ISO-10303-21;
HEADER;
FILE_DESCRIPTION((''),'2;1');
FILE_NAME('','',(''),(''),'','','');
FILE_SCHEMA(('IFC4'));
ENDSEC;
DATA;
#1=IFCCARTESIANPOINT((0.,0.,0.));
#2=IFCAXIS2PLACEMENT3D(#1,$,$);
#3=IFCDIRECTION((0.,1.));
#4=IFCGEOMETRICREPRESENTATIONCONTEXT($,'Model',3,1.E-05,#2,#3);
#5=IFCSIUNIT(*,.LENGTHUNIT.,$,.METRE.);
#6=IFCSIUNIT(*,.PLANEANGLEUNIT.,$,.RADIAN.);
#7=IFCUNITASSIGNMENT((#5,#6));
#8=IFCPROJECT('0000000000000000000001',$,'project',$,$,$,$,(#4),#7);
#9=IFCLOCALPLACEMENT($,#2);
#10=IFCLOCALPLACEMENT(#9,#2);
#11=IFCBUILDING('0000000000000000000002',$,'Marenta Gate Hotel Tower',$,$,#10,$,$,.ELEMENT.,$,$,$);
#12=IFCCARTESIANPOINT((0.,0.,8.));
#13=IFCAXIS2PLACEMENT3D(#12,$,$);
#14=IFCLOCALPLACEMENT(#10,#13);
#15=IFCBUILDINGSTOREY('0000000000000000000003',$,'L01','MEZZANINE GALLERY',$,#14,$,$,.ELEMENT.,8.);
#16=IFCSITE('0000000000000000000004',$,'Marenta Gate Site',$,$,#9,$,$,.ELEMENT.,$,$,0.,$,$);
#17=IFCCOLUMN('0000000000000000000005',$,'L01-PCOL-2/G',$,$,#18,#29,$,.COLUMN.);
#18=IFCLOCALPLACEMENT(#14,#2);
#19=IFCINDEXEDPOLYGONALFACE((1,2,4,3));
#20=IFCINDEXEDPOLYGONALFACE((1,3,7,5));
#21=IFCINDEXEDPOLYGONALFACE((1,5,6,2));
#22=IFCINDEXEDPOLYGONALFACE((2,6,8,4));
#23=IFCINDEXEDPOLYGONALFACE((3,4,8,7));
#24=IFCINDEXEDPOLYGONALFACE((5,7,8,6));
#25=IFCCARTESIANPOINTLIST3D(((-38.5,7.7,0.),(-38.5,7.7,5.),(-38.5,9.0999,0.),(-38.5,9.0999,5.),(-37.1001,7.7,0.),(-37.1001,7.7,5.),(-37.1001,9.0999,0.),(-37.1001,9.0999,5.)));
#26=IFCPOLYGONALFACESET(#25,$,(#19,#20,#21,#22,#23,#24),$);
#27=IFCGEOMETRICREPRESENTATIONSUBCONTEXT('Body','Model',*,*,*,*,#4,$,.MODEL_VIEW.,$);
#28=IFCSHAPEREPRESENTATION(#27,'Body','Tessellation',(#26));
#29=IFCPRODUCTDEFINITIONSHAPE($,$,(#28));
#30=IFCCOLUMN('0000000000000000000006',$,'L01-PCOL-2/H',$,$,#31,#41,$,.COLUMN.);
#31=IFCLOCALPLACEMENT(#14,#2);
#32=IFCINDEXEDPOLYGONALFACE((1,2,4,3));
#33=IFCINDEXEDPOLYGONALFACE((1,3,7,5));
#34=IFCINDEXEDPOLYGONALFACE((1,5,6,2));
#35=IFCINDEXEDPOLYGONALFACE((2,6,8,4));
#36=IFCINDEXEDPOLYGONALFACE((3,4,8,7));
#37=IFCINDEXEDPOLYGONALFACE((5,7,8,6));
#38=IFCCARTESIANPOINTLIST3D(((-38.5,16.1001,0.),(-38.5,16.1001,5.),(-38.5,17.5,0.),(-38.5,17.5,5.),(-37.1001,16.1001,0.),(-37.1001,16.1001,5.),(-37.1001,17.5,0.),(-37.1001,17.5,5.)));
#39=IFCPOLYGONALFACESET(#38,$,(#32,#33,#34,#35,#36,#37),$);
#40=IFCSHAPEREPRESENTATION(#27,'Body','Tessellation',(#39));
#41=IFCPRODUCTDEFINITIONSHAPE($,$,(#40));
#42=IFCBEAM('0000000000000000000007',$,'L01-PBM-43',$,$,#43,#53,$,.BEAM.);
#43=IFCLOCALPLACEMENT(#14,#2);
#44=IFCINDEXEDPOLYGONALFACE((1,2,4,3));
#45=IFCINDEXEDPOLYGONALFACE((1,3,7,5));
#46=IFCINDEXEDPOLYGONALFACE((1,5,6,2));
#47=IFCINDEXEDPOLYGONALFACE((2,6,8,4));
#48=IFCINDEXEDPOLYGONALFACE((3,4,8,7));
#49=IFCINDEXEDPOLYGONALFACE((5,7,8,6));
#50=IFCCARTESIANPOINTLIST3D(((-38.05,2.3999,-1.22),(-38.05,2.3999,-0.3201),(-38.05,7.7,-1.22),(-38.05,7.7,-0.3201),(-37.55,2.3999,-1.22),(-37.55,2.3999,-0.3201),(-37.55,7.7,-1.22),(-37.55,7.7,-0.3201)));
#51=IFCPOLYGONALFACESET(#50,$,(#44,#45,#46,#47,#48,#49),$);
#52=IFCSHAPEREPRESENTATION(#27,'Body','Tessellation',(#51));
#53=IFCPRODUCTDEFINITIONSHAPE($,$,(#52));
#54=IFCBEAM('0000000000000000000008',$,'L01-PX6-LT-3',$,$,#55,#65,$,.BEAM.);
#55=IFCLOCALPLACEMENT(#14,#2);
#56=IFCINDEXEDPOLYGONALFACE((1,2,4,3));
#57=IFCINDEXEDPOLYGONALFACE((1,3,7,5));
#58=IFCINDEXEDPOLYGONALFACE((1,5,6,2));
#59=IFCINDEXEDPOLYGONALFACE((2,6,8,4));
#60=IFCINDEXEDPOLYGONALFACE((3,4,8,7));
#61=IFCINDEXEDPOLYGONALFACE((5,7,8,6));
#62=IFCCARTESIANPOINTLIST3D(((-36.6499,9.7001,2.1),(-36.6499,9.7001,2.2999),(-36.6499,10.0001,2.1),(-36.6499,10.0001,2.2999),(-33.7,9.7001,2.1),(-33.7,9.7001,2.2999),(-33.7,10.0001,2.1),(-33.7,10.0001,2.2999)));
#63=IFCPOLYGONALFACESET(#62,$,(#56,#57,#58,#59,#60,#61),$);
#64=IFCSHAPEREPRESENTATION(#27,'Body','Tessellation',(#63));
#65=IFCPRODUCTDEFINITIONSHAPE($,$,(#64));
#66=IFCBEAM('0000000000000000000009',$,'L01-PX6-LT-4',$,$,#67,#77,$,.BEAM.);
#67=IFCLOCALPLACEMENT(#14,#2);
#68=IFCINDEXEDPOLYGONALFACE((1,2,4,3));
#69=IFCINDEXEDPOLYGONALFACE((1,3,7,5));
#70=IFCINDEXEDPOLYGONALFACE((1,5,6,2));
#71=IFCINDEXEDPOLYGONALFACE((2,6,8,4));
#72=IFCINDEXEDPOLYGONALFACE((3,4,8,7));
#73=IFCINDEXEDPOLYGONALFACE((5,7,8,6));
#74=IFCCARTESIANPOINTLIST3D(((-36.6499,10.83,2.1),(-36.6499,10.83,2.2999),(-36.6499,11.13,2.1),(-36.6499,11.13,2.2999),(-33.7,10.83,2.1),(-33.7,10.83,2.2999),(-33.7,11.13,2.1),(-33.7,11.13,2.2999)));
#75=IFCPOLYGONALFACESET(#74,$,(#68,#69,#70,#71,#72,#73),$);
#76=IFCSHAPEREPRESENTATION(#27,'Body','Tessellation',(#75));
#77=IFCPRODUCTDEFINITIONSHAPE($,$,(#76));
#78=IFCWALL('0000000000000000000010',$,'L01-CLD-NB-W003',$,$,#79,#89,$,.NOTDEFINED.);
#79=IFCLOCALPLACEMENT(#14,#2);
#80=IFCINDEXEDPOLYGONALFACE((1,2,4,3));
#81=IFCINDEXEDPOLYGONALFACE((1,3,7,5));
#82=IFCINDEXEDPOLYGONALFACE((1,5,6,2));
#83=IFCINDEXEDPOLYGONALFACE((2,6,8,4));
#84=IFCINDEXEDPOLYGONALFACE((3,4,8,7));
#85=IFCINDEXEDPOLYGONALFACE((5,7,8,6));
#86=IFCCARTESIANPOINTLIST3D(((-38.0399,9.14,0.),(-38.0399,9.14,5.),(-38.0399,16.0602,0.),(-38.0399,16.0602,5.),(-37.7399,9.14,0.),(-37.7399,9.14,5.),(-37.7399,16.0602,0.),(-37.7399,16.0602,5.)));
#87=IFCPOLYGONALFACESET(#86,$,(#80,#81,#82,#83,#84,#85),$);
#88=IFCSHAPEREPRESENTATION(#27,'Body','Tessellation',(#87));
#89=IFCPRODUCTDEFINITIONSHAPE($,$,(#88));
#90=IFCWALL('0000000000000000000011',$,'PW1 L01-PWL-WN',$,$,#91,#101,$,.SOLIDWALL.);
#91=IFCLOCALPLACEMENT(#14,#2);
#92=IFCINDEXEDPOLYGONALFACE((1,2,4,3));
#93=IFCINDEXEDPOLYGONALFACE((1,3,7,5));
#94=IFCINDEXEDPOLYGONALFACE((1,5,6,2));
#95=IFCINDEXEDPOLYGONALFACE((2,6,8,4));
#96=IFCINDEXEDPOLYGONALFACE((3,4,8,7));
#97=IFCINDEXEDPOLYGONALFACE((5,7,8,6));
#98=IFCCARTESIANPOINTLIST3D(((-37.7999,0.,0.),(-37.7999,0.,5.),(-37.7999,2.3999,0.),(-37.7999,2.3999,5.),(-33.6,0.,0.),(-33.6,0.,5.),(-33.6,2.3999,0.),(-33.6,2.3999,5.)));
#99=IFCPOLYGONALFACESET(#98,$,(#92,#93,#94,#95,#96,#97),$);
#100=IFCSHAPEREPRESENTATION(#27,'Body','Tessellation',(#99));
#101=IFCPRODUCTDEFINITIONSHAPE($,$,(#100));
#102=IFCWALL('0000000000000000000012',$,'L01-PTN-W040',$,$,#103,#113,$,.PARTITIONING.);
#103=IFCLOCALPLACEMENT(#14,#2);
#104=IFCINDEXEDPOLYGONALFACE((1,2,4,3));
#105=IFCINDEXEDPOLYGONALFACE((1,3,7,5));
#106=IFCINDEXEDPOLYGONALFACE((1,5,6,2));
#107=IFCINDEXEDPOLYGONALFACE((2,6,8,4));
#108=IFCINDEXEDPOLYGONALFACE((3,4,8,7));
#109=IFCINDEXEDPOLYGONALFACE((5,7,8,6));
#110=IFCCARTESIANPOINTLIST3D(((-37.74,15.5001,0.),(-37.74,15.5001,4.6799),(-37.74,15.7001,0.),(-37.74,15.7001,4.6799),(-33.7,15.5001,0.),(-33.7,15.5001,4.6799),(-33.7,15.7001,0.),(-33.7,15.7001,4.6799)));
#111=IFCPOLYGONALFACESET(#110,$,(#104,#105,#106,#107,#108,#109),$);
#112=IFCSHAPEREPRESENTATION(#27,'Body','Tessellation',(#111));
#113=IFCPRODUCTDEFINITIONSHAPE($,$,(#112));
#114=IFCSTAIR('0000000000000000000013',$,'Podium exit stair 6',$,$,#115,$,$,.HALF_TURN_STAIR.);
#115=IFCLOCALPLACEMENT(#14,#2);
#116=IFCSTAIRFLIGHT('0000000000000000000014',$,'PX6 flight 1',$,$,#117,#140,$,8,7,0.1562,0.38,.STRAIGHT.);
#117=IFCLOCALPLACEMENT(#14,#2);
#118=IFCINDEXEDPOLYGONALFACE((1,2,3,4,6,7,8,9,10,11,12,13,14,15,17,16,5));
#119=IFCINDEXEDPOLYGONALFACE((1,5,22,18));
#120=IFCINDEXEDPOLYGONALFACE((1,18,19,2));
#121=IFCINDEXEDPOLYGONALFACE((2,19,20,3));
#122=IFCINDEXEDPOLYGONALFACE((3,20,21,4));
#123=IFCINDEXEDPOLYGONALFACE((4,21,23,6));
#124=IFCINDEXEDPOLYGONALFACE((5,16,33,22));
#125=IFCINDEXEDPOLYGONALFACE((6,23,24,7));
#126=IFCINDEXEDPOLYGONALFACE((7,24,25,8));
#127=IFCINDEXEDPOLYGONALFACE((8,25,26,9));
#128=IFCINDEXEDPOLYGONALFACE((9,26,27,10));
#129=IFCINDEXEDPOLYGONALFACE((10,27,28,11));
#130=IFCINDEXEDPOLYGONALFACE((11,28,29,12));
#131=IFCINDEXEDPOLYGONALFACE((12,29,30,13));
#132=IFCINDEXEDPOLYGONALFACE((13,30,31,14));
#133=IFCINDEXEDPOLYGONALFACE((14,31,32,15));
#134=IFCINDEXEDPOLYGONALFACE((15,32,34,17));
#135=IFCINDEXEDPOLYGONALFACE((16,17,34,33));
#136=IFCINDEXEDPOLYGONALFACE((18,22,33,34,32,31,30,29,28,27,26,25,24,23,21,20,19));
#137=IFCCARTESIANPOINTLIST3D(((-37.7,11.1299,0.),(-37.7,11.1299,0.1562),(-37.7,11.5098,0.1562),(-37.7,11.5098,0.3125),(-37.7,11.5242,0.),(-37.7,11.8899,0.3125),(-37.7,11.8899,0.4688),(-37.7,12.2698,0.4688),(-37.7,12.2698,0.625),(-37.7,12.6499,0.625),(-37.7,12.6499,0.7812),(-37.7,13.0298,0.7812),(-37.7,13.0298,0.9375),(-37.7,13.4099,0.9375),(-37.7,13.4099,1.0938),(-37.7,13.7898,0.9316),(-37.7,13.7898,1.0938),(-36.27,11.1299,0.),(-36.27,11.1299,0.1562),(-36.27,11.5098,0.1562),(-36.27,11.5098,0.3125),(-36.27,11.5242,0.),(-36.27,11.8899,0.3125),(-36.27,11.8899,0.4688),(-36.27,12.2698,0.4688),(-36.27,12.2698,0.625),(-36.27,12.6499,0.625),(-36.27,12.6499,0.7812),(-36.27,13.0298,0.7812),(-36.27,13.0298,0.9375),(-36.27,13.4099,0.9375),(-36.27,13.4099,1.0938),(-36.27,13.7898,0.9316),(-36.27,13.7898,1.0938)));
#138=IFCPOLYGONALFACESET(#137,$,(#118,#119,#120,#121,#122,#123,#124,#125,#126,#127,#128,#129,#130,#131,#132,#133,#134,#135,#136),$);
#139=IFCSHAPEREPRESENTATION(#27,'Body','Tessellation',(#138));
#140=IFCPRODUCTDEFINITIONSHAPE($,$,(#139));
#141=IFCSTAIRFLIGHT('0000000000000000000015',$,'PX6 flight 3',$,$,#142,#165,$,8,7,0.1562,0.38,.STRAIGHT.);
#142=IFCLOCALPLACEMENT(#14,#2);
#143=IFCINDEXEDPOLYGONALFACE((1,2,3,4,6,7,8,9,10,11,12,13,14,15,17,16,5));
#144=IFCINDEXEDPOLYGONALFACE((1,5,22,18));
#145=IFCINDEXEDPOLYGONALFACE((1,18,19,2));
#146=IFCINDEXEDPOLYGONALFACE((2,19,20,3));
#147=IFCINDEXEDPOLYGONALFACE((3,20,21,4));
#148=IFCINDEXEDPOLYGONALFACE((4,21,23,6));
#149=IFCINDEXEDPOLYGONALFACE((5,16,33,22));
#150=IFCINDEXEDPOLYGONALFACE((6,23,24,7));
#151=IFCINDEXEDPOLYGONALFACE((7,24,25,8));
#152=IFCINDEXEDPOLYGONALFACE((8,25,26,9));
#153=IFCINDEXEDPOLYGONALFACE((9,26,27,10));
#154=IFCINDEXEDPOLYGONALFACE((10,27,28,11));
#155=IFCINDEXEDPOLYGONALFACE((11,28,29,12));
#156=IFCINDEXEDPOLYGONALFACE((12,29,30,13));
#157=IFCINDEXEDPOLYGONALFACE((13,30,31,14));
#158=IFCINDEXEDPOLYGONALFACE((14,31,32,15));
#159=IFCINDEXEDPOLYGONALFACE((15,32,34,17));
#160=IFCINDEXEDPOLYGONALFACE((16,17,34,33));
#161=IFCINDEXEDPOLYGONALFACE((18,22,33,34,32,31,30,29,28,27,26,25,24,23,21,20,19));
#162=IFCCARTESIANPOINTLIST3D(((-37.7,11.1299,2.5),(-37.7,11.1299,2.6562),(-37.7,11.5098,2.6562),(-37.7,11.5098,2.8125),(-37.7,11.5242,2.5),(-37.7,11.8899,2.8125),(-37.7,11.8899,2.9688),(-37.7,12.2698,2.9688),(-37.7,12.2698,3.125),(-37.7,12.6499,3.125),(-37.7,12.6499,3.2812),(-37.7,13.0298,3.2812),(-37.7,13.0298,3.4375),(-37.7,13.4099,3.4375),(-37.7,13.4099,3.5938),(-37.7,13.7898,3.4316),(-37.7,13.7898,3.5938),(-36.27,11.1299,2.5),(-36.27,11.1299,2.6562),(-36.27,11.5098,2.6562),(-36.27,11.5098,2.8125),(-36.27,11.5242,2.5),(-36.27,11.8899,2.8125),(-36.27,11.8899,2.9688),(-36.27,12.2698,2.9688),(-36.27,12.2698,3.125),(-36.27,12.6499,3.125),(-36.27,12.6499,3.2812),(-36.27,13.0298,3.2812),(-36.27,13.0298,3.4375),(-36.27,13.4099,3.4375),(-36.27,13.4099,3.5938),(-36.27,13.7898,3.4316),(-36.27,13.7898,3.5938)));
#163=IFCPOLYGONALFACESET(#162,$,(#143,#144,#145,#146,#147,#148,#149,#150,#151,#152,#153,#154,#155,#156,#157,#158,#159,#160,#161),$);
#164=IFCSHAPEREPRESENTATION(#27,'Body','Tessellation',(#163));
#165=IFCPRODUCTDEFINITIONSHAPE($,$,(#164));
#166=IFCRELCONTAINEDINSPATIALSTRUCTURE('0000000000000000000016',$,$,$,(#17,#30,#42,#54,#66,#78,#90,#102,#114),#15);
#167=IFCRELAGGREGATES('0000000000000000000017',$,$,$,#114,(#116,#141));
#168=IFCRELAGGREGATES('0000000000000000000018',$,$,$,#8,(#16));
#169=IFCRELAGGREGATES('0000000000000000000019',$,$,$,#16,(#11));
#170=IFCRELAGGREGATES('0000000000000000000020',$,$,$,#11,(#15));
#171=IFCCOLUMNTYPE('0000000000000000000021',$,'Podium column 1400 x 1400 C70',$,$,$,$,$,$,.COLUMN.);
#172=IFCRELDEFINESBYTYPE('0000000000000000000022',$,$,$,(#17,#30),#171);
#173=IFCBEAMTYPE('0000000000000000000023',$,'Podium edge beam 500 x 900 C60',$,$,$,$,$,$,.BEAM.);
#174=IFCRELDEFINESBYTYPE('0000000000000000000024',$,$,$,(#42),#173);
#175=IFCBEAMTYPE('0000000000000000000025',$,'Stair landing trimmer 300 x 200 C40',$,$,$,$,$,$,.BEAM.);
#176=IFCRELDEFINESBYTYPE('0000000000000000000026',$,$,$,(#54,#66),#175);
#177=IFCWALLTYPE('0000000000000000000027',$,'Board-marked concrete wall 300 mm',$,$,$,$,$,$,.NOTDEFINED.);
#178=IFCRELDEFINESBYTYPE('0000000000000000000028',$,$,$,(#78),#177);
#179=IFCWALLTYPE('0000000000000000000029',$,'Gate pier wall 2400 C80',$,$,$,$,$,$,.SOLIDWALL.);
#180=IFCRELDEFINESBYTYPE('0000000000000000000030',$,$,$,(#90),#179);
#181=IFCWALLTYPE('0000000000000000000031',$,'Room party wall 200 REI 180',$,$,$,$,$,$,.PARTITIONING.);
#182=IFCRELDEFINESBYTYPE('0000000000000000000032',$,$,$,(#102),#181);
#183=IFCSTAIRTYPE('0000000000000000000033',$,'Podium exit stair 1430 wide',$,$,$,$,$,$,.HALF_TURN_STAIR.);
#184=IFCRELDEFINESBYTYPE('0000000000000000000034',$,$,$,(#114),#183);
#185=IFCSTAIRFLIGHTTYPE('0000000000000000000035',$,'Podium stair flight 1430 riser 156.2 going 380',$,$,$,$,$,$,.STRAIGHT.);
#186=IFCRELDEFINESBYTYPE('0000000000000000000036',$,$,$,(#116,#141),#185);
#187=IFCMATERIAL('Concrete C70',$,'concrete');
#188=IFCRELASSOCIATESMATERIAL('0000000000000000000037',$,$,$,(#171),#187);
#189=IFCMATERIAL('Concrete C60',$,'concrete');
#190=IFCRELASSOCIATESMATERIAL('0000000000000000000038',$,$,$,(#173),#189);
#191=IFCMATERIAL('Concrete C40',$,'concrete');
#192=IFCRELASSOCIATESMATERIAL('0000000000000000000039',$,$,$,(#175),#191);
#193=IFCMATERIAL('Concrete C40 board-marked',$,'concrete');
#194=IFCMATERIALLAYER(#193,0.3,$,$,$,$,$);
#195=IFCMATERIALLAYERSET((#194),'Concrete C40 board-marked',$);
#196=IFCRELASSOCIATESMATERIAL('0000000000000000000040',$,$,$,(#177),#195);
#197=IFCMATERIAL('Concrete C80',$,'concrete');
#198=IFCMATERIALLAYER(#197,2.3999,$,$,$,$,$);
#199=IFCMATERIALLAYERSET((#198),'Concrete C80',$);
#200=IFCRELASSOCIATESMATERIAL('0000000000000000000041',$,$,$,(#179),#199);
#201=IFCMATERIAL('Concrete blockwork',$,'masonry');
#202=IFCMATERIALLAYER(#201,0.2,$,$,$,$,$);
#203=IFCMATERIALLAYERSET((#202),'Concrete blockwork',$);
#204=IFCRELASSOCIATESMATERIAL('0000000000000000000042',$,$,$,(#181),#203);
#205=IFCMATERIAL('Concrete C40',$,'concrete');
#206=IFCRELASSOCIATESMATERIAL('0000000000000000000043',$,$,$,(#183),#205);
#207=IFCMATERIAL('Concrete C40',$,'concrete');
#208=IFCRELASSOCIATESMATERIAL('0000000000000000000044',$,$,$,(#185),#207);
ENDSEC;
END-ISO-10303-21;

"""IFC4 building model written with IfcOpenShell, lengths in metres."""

from ifc_helpers import new_model, si_unit, direction, frame, frame_2d, origin, origin_2d, place, context, subcontext, project, spatial, polyline, rectangle, outline, extrude, material, layer, layer_set, material_profile, profile_set, type_object, element, aggregate, save


model = new_model("IFC4")

# Units and contexts
model_context = context("Model", 3, precision=1e-05, world=origin(), true_north=direction((0.0, 1.0)))
body_context = subcontext(model_context, "Body", "Model", "MODEL_VIEW")
ifc_project = project(units=[si_unit("LENGTHUNIT", "METRE"), si_unit("PLANEANGLEUNIT", "RADIAN")], contexts=[model_context])

# Site, building, storey
site_placement = place(None, origin())
site = spatial("IfcSite", under=ifc_project, at=site_placement, Name="Marenta Gate Site", CompositionType="ELEMENT", RefElevation=0.0)
building_placement = place(site_placement, origin())
building = spatial("IfcBuilding", under=site, at=building_placement, Name="Marenta Gate Hotel Tower", CompositionType="ELEMENT")
storey_placement = place(building_placement, frame((0.0, 0.0, 8.0)))
storey = spatial("IfcBuildingStorey", under=building, at=storey_placement, Name="L01", Description="MEZZANINE GALLERY", CompositionType="ELEMENT", Elevation=8.0)

# Columns
ifc_material_1 = material(Name="Concrete C70", Category="concrete")
ifc_material_profile_1 = material_profile(ifc_material_1, rectangle(XDim=1.3999, YDim=1.3999, at=origin_2d()), Name="1400 x 1400")
ifc_profile_set_1 = profile_set([ifc_material_profile_1], Name="Concrete C70")
column_type = type_object("IfcColumnType", Name="Podium column 1400 x 1400 C70", PredefinedType="COLUMN", material=ifc_profile_set_1)
for number, where, z_axis, x_axis, name in (
    (1, (-37.8, 8.3999, 0.0), (0.0, 0.0, 1.0), (1.0, 0.0, 0.0), "L01-PCOL-2/G"),
    (2, (-37.8, 16.8, 0.0), (0.0, 0.0, 1.0), (1.0, 0.0, 0.0), "L01-PCOL-2/H"),
):
    element("IfcColumn", number, at=place(storey_placement, frame(where, z_axis=z_axis, x_axis=x_axis)), inside=storey, type_object=column_type, Name=name, PredefinedType="COLUMN", context=body_context, shape_type="SweptSolid", body=[
        extrude(rectangle(XDim=1.3999, YDim=1.3999, at=origin_2d()), origin(), (0.0, 0.0, 1.0), 5.0),
    ])

# Beams
ifc_material_2 = material(Name="Concrete C60", Category="concrete")
ifc_material_profile_2 = material_profile(ifc_material_2, rectangle(XDim=0.5, YDim=0.8999, at=origin_2d()), Name="500 x 900")
ifc_profile_set_2 = profile_set([ifc_material_profile_2], Name="Concrete C60")
beam_type_1 = type_object("IfcBeamType", Name="Podium edge beam 500 x 900 C60", PredefinedType="BEAM", material=ifc_profile_set_2)
beam_placement = place(storey_placement, frame((-37.8, 7.7, -0.77), z_axis=(0.0, -1.0, 0.0), x_axis=(1.0, 0.0, 0.0)))
element("IfcBeam", 3, at=beam_placement, inside=storey, type_object=beam_type_1, Name="L01-PBM-43", PredefinedType="BEAM", context=body_context, shape_type="SweptSolid", body=[
    extrude(rectangle(XDim=0.5, YDim=0.8999, at=origin_2d()), origin(), (0.0, 0.0, 1.0), 5.3),
])
ifc_material_3 = material(Name="Concrete C40", Category="concrete")
ifc_material_profile_3 = material_profile(ifc_material_3, rectangle(XDim=0.3, YDim=0.2, at=origin_2d()), Name="300 x 200")
ifc_profile_set_3 = profile_set([ifc_material_profile_3], Name="Concrete C40")
beam_type_2 = type_object("IfcBeamType", Name="Stair landing trimmer 300 x 200 C40", PredefinedType="BEAM", material=ifc_profile_set_3)
for number, where, z_axis, x_axis, name in (
    (4, (-36.6499, 9.8501, 2.2), (1.0, 0.0, 0.0), (0.0, 1.0, 0.0), "L01-PX6-LT-3"),
    (5, (-36.6499, 10.98, 2.2), (1.0, 0.0, 0.0), (0.0, 1.0, 0.0), "L01-PX6-LT-4"),
):
    element("IfcBeam", number, at=place(storey_placement, frame(where, z_axis=z_axis, x_axis=x_axis)), inside=storey, type_object=beam_type_2, Name=name, PredefinedType="BEAM", context=body_context, shape_type="SweptSolid", body=[
        extrude(rectangle(XDim=0.3, YDim=0.2, at=origin_2d()), origin(), (0.0, 0.0, 1.0), 2.95),
    ])

# Wall
ifc_material_4 = material(Name="Concrete C40 board-marked", Category="concrete")
ifc_layer_1 = layer(ifc_material_4, 0.3)
ifc_layer_set_1 = layer_set([ifc_layer_1], Name="Concrete C40 board-marked")
wall_type_1 = type_object("IfcWallType", Name="Board-marked concrete wall 300 mm", PredefinedType="NOTDEFINED", material=ifc_layer_set_1)
wall_1_placement = place(storey_placement, frame((-37.8899, 16.0601, 0.0), z_axis=(0.0, 0.0, 1.0), x_axis=(0.0, -1.0, 0.0)))
element("IfcWall", 6, at=wall_1_placement, inside=storey, type_object=wall_type_1, Name="L01-CLD-NB-W003", PredefinedType="NOTDEFINED", context=body_context, shape_type="SweptSolid", body=[
    extrude(rectangle(XDim=6.9202, YDim=0.3, at=frame_2d((3.46, 0.0))), origin(), (0.0, 0.0, 1.0), 5.0),
])

# Wall
ifc_material_5 = material(Name="Concrete C80", Category="concrete")
ifc_layer_2 = layer(ifc_material_5, 2.3999)
ifc_layer_set_2 = layer_set([ifc_layer_2], Name="Concrete C80")
wall_type_2 = type_object("IfcWallType", Name="Gate pier wall 2400 C80", PredefinedType="SOLIDWALL", material=ifc_layer_set_2)
wall_2_placement = place(storey_placement, frame((-37.8, 1.2, 0.0), z_axis=(0.0, 0.0, 1.0), x_axis=(1.0, 0.0, 0.0)))
element("IfcWall", 7, at=wall_2_placement, inside=storey, type_object=wall_type_2, Name="PW1 L01-PWL-WN", PredefinedType="SOLIDWALL", context=body_context, shape_type="SweptSolid", body=[
    extrude(rectangle(XDim=4.2, YDim=2.3999, at=frame_2d((2.1001, 0.0))), origin(), (0.0, 0.0, 1.0), 5.0),
])

# Wall
ifc_material_6 = material(Name="Concrete blockwork", Category="masonry")
ifc_layer_3 = layer(ifc_material_6, 0.2)
ifc_layer_set_3 = layer_set([ifc_layer_3], Name="Concrete blockwork")
wall_type_3 = type_object("IfcWallType", Name="Room party wall 200 REI 180", PredefinedType="PARTITIONING", material=ifc_layer_set_3)
wall_3_placement = place(storey_placement, frame((-37.74, 15.6001, 0.0), z_axis=(0.0, 0.0, 1.0), x_axis=(1.0, 0.0, 0.0)))
element("IfcWall", 8, at=wall_3_placement, inside=storey, type_object=wall_type_3, Name="L01-PTN-W040", PredefinedType="PARTITIONING", context=body_context, shape_type="SweptSolid", body=[
    extrude(rectangle(XDim=4.04, YDim=0.2, at=frame_2d((2.02, 0.0))), origin(), (0.0, 0.0, 1.0), 4.6799),
])

# Stair, stair flights
ifc_material_7 = material(Name="Concrete C40", Category="concrete")
stair_type = type_object("IfcStairType", Name="Podium exit stair 1430 wide", PredefinedType="HALF_TURN_STAIR", material=ifc_material_7)
stair_placement = place(storey_placement, origin())
stair = element("IfcStair", 9, at=stair_placement, inside=storey, type_object=stair_type, Name="Podium exit stair 6", PredefinedType="HALF_TURN_STAIR")
ifc_material_8 = material(Name="Concrete C40", Category="concrete")
stair_flight_type = type_object("IfcStairFlightType", Name="Podium stair flight 1430 riser 156.2 going 380", PredefinedType="STRAIGHT", material=ifc_material_8)
stair_flight_1_placement = place(storey_placement, frame((-36.9851, 11.1299, 0.0), z_axis=(0.0, 0.0, 1.0), x_axis=(0.0, 1.0, 0.0)))
stair_flight_1 = element("IfcStairFlight", 10, at=stair_flight_1_placement, type_object=stair_flight_type, Name="PX6 flight 1", NumberOfRisers=8, NumberOfTreads=7, PredefinedType="STRAIGHT", RiserHeight=0.1562, TreadLength=0.38, context=body_context, shape_type="SweptSolid", body=[
    extrude(outline(polyline([(0.0, 0.0), (0.0, 0.1562), (0.3799, 0.1562), (0.3799, 0.3125), (0.76, 0.3125), (0.76, 0.4688), (1.1399, 0.4688), (1.1399, 0.625), (1.52, 0.625), (1.52, 0.7812), (1.8999, 0.7812), (1.8999, 0.9375), (2.28, 0.9375), (2.28, 1.0938), (2.6599, 1.0938), (2.6599, 1.25), (2.6599, 0.9316), (0.3943, 0.0), (0.0, 0.0)])), frame((0.0, 0.7148, 0.0), z_axis=(0.0, -1.0, 0.0), x_axis=(1.0, 0.0, 0.0)), (0.0, 0.0, 1.0), 1.4299),
])
stair_flight_2_placement = place(storey_placement, frame((-36.9851, 11.1299, 2.5), z_axis=(0.0, 0.0, 1.0), x_axis=(0.0, 1.0, 0.0)))
stair_flight_2 = element("IfcStairFlight", 11, at=stair_flight_2_placement, type_object=stair_flight_type, Name="PX6 flight 3", NumberOfRisers=8, NumberOfTreads=7, PredefinedType="STRAIGHT", RiserHeight=0.1562, TreadLength=0.38, context=body_context, shape_type="SweptSolid", body=[
    extrude(outline(polyline([(0.0, 0.0), (0.0, 0.1562), (0.3799, 0.1562), (0.3799, 0.3125), (0.76, 0.3125), (0.76, 0.4688), (1.1399, 0.4688), (1.1399, 0.625), (1.52, 0.625), (1.52, 0.7812), (1.8999, 0.7812), (1.8999, 0.9375), (2.28, 0.9375), (2.28, 1.0938), (2.6599, 1.0938), (2.6599, 1.25), (2.6599, 0.9316), (0.3943, 0.0), (0.0, 0.0)])), frame((0.0, 0.7148, 0.0), z_axis=(0.0, -1.0, 0.0), x_axis=(1.0, 0.0, 0.0)), (0.0, 0.0, 1.0), 1.4299),
])
aggregate(stair, [stair_flight_1, stair_flight_2])

save(model, "model.ifc")
